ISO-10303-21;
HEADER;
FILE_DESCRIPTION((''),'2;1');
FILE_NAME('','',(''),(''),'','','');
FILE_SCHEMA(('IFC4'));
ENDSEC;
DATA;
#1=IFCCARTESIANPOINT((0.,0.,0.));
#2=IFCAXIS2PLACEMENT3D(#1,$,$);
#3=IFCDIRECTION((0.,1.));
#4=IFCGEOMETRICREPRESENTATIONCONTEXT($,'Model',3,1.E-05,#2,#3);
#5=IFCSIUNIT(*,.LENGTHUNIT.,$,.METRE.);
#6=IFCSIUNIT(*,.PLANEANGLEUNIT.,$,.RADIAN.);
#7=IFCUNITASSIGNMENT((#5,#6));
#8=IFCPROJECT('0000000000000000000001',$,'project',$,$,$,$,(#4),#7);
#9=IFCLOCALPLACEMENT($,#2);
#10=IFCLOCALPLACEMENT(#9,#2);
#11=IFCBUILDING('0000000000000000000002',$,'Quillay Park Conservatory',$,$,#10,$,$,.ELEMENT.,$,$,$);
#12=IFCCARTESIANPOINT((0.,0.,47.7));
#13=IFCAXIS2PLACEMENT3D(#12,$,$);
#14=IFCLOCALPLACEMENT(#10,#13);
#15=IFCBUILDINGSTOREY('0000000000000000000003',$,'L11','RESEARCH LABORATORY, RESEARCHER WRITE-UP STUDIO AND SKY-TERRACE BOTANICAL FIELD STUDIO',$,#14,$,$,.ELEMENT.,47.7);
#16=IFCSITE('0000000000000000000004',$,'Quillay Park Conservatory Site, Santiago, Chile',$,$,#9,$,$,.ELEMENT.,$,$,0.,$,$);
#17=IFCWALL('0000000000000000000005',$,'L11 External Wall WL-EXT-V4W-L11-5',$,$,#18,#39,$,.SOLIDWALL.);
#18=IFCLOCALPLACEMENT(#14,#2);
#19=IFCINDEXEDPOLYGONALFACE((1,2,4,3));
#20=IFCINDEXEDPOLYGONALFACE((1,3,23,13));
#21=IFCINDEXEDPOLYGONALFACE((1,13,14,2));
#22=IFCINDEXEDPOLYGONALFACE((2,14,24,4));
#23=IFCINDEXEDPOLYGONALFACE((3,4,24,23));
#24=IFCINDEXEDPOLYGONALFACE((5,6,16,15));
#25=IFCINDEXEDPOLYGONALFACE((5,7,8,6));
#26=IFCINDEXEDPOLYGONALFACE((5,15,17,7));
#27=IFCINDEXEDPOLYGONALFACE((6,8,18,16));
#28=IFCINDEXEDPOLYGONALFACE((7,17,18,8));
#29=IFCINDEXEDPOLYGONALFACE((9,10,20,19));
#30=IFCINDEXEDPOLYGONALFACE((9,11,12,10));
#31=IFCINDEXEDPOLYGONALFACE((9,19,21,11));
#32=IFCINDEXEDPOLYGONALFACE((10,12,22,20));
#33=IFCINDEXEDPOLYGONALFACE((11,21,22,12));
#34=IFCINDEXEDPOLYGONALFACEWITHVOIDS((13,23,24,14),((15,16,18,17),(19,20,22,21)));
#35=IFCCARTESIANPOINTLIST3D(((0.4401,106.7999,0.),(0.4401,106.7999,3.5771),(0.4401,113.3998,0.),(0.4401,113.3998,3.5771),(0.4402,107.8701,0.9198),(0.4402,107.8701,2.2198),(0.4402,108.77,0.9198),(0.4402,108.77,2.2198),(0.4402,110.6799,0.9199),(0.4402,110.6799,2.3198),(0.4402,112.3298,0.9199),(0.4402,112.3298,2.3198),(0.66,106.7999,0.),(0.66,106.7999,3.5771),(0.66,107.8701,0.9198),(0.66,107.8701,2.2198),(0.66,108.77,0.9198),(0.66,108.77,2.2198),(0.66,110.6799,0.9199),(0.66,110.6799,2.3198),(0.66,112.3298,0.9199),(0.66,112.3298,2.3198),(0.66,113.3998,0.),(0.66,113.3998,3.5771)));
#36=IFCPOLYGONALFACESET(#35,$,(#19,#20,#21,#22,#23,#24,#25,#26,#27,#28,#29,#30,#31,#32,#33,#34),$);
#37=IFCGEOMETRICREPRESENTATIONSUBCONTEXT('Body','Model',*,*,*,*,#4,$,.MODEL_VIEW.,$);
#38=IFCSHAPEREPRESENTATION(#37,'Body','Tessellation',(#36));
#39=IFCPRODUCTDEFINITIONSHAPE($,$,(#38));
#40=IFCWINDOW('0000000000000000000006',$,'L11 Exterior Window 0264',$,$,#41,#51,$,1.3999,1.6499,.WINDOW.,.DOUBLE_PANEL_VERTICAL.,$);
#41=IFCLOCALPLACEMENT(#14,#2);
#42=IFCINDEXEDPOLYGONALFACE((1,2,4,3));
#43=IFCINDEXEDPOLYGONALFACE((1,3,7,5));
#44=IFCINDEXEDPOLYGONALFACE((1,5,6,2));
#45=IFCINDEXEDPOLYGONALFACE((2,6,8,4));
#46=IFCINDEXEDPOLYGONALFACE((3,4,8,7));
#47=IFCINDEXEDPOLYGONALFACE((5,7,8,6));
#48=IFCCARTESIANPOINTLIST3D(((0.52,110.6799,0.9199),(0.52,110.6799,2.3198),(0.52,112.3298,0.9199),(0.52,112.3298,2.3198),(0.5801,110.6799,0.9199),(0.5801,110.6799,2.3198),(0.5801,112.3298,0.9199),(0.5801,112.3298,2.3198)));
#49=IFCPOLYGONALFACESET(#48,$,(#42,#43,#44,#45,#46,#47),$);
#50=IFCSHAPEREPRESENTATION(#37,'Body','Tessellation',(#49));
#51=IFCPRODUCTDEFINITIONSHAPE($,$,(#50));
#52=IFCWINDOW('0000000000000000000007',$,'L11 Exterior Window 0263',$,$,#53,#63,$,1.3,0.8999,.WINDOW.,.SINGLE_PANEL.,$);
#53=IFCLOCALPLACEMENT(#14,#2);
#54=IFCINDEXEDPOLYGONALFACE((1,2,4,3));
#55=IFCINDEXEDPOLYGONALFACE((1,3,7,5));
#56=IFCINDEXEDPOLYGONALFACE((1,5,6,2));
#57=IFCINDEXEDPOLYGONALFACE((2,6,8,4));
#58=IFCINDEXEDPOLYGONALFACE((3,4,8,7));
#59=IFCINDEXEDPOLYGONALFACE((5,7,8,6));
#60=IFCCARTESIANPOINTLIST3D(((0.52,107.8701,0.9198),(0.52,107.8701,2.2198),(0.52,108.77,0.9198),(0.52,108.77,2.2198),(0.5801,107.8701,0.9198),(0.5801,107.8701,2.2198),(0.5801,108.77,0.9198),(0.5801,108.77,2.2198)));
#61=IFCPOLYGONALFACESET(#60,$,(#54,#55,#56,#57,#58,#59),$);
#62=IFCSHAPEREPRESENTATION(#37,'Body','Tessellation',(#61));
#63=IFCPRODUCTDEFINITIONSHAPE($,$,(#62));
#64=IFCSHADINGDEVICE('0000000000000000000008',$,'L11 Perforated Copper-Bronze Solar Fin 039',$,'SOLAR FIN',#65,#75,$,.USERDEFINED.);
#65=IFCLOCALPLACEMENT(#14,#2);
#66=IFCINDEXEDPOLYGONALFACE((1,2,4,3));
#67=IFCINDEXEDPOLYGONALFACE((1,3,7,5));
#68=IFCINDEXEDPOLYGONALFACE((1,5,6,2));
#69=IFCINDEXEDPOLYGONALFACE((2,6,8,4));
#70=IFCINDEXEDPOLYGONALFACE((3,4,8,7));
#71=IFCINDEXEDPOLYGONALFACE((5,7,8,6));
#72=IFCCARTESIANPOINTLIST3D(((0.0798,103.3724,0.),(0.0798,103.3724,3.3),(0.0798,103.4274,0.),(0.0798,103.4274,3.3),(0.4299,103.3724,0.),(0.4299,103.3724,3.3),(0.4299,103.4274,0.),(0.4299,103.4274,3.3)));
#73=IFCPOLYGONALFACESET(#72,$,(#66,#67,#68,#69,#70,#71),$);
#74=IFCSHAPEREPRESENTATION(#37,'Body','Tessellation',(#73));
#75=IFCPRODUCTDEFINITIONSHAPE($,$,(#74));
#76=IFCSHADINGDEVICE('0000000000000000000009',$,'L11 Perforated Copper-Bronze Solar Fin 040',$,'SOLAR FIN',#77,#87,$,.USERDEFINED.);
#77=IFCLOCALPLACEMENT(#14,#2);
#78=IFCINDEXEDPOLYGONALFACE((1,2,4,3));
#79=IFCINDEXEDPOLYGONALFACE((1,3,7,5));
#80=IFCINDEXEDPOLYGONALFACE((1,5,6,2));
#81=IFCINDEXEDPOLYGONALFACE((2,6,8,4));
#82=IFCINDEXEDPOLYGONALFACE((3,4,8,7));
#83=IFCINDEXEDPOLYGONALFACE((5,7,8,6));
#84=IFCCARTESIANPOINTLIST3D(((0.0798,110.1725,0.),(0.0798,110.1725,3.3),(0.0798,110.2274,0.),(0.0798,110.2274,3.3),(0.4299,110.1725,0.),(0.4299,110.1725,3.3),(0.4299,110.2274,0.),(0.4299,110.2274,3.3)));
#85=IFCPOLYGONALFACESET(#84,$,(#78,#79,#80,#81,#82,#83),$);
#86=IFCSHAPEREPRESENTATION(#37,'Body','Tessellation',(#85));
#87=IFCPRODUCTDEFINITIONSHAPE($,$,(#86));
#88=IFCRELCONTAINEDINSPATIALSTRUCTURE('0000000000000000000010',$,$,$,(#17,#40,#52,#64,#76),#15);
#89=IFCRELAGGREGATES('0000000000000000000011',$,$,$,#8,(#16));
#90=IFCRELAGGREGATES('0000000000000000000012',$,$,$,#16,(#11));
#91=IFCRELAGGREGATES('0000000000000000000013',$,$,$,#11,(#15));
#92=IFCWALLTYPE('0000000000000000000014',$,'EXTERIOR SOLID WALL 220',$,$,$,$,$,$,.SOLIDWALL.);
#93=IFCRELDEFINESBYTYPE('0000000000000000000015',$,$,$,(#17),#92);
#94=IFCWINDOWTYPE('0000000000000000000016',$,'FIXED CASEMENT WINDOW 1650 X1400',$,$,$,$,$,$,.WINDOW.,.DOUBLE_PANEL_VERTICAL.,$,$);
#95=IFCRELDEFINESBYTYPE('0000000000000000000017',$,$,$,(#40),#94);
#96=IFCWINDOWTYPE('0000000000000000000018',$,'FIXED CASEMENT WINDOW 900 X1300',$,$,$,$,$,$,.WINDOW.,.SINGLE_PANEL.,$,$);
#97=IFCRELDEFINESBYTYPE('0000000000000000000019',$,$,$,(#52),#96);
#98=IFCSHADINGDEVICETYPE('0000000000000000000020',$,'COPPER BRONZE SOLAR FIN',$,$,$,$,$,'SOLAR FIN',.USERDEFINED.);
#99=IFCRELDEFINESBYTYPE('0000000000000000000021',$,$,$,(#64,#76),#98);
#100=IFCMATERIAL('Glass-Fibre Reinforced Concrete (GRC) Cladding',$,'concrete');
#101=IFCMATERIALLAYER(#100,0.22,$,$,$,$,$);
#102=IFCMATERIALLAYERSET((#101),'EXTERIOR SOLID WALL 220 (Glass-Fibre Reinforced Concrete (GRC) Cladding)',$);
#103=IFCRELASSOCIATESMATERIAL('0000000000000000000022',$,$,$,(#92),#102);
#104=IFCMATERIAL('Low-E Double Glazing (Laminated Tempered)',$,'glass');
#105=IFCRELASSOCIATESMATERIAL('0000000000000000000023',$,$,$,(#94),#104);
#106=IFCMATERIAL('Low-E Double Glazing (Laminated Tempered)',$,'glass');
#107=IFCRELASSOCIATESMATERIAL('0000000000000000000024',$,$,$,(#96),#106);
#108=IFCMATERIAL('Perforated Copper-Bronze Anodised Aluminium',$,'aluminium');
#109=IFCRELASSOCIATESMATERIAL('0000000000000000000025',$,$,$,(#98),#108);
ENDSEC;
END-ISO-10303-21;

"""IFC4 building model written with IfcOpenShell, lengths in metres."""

from ifc_helpers import new_model, si_unit, direction, frame, frame_2d, origin, origin_2d, place, context, subcontext, project, spatial, rectangle, extrude, material, layer, layer_set, type_object, element, fill, save


model = new_model("IFC4")

# Units and contexts
model_context = context("Model", 3, precision=1e-05, world=origin(), true_north=direction((0.0, 1.0)))
body_context = subcontext(model_context, "Body", "Model", "MODEL_VIEW")
ifc_project = project(units=[si_unit("LENGTHUNIT", "METRE"), si_unit("PLANEANGLEUNIT", "RADIAN")], contexts=[model_context])

# Site, building, storey
site_placement = place(None, origin())
site = spatial("IfcSite", under=ifc_project, at=site_placement, Name="Quillay Park Conservatory Site, Santiago, Chile", CompositionType="ELEMENT", RefElevation=0.0)
building_placement = place(site_placement, origin())
building = spatial("IfcBuilding", under=site, at=building_placement, Name="Quillay Park Conservatory", CompositionType="ELEMENT")
storey_placement = place(building_placement, frame((0.0, 0.0, 47.7)))
storey = spatial("IfcBuildingStorey", under=building, at=storey_placement, Name="L11", Description="RESEARCH LABORATORY, RESEARCHER WRITE-UP STUDIO AND SKY-TERRACE BOTANICAL FIELD STUDIO", CompositionType="ELEMENT", Elevation=47.7)

# Wall, openings, windows
ifc_material_1 = material(Name="Glass-Fibre Reinforced Concrete (GRC) Cladding", Category="concrete")
ifc_layer_1 = layer(ifc_material_1, 0.22)
ifc_layer_set_1 = layer_set([ifc_layer_1], Name="EXTERIOR SOLID WALL 220 (Glass-Fibre Reinforced Concrete (GRC) Cladding)")
wall_type_1 = type_object("IfcWallType", Name="EXTERIOR SOLID WALL 220", PredefinedType="SOLIDWALL", material=ifc_layer_set_1)
wall_1_placement = place(storey_placement, frame((0.55, 106.8, 0.0), z_axis=(0.0, 0.0, 1.0), x_axis=(0.0, 1.0, 0.0)))
wall_1 = element("IfcWall", 1, at=wall_1_placement, inside=storey, type_object=wall_type_1, Name="L11 External Wall WL-EXT-V4W-L11-5", PredefinedType="SOLIDWALL", context=body_context, shape_type="SweptSolid", body=[
    extrude(rectangle(XDim=6.5999, YDim=0.22, at=frame_2d((3.2998, 0.0))), origin(), (0.0, 0.0, 1.0), 3.5771),
])
opening_1_placement = place(wall_1_placement, frame((1.0701, 0.0, 0.9199)))
opening_1 = element("IfcOpeningElement", 2, at=opening_1_placement, cuts=wall_1, PredefinedType="OPENING", context=body_context, shape_type="SweptSolid", body=[
    extrude(rectangle(XDim=0.8999, YDim=1.3, at=frame_2d((0.45, 0.6499))), frame((0.0, 0.1099, 0.0), z_axis=(0.0, -1.0, 0.0), x_axis=(1.0, 0.0, 0.0)), (0.0, 0.0, 1.0), 0.22),
])
opening_2_placement = place(wall_1_placement, frame((3.8799, 0.0, 0.9199)))
opening_2 = element("IfcOpeningElement", 3, at=opening_2_placement, cuts=wall_1, PredefinedType="OPENING", context=body_context, shape_type="SweptSolid", body=[
    extrude(rectangle(XDim=1.6499, YDim=1.3999, at=frame_2d((0.825, 0.7))), frame((0.0, 0.1099, 0.0), z_axis=(0.0, -1.0, 0.0), x_axis=(1.0, 0.0, 0.0)), (0.0, 0.0, 1.0), 0.22),
])
ifc_material_2 = material(Name="Low-E Double Glazing (Laminated Tempered)", Category="glass")
window_type_1 = type_object("IfcWindowType", Name="FIXED CASEMENT WINDOW 1650 X1400", PartitioningType="DOUBLE_PANEL_VERTICAL", PredefinedType="WINDOW", material=ifc_material_2)
window_1_placement = place(opening_2_placement, origin())
window_1 = element("IfcWindow", 4, at=window_1_placement, inside=storey, type_object=window_type_1, Name="L11 Exterior Window 0264", OverallHeight=1.3999, OverallWidth=1.6499, PartitioningType="DOUBLE_PANEL_VERTICAL", PredefinedType="WINDOW", context=body_context, shape_type="SweptSolid", body=[
    extrude(rectangle(XDim=1.6499, YDim=1.3999, at=frame_2d((0.825, 0.7))), frame((0.0, 0.03, 0.0), z_axis=(0.0, -1.0, 0.0), x_axis=(1.0, 0.0, 0.0)), (0.0, 0.0, 1.0), 0.0601),
])
fill(opening_2, window_1)
ifc_material_3 = material(Name="Low-E Double Glazing (Laminated Tempered)", Category="glass")
window_type_2 = type_object("IfcWindowType", Name="FIXED CASEMENT WINDOW 900 X1300", PartitioningType="SINGLE_PANEL", PredefinedType="WINDOW", material=ifc_material_3)
window_2_placement = place(opening_1_placement, origin())
window_2 = element("IfcWindow", 5, at=window_2_placement, inside=storey, type_object=window_type_2, Name="L11 Exterior Window 0263", OverallHeight=1.3, OverallWidth=0.8999, PartitioningType="SINGLE_PANEL", PredefinedType="WINDOW", context=body_context, shape_type="SweptSolid", body=[
    extrude(rectangle(XDim=0.8999, YDim=1.3, at=frame_2d((0.45, 0.6499))), frame((0.0, 0.03, 0.0), z_axis=(0.0, -1.0, 0.0), x_axis=(1.0, 0.0, 0.0)), (0.0, 0.0, 1.0), 0.0601),
])
fill(opening_1, window_2)

# Shading devices
ifc_material_4 = material(Name="Perforated Copper-Bronze Anodised Aluminium", Category="aluminium")
shading_device_type = type_object("IfcShadingDeviceType", Name="COPPER BRONZE SOLAR FIN", ElementType="SOLAR FIN", PredefinedType="USERDEFINED", material=ifc_material_4)
for number, where, z_axis, x_axis, name in (
    (6, (0.2549, 103.3999, 0.0), (0.0, 0.0, 1.0), (1.0, 0.0, 0.0), "L11 Perforated Copper-Bronze Solar Fin 039"),
    (7, (0.2549, 110.2, 0.0), (0.0, 0.0, 1.0), (1.0, 0.0, 0.0), "L11 Perforated Copper-Bronze Solar Fin 040"),
):
    element("IfcShadingDevice", number, at=place(storey_placement, frame(where, z_axis=z_axis, x_axis=x_axis)), inside=storey, type_object=shading_device_type, Name=name, ObjectType="SOLAR FIN", PredefinedType="USERDEFINED", context=body_context, shape_type="SweptSolid", body=[
        extrude(rectangle(XDim=0.3501, YDim=0.0549, at=origin_2d()), origin(), (0.0, 0.0, 1.0), 3.3),
    ])

save(model, "model.ifc")
